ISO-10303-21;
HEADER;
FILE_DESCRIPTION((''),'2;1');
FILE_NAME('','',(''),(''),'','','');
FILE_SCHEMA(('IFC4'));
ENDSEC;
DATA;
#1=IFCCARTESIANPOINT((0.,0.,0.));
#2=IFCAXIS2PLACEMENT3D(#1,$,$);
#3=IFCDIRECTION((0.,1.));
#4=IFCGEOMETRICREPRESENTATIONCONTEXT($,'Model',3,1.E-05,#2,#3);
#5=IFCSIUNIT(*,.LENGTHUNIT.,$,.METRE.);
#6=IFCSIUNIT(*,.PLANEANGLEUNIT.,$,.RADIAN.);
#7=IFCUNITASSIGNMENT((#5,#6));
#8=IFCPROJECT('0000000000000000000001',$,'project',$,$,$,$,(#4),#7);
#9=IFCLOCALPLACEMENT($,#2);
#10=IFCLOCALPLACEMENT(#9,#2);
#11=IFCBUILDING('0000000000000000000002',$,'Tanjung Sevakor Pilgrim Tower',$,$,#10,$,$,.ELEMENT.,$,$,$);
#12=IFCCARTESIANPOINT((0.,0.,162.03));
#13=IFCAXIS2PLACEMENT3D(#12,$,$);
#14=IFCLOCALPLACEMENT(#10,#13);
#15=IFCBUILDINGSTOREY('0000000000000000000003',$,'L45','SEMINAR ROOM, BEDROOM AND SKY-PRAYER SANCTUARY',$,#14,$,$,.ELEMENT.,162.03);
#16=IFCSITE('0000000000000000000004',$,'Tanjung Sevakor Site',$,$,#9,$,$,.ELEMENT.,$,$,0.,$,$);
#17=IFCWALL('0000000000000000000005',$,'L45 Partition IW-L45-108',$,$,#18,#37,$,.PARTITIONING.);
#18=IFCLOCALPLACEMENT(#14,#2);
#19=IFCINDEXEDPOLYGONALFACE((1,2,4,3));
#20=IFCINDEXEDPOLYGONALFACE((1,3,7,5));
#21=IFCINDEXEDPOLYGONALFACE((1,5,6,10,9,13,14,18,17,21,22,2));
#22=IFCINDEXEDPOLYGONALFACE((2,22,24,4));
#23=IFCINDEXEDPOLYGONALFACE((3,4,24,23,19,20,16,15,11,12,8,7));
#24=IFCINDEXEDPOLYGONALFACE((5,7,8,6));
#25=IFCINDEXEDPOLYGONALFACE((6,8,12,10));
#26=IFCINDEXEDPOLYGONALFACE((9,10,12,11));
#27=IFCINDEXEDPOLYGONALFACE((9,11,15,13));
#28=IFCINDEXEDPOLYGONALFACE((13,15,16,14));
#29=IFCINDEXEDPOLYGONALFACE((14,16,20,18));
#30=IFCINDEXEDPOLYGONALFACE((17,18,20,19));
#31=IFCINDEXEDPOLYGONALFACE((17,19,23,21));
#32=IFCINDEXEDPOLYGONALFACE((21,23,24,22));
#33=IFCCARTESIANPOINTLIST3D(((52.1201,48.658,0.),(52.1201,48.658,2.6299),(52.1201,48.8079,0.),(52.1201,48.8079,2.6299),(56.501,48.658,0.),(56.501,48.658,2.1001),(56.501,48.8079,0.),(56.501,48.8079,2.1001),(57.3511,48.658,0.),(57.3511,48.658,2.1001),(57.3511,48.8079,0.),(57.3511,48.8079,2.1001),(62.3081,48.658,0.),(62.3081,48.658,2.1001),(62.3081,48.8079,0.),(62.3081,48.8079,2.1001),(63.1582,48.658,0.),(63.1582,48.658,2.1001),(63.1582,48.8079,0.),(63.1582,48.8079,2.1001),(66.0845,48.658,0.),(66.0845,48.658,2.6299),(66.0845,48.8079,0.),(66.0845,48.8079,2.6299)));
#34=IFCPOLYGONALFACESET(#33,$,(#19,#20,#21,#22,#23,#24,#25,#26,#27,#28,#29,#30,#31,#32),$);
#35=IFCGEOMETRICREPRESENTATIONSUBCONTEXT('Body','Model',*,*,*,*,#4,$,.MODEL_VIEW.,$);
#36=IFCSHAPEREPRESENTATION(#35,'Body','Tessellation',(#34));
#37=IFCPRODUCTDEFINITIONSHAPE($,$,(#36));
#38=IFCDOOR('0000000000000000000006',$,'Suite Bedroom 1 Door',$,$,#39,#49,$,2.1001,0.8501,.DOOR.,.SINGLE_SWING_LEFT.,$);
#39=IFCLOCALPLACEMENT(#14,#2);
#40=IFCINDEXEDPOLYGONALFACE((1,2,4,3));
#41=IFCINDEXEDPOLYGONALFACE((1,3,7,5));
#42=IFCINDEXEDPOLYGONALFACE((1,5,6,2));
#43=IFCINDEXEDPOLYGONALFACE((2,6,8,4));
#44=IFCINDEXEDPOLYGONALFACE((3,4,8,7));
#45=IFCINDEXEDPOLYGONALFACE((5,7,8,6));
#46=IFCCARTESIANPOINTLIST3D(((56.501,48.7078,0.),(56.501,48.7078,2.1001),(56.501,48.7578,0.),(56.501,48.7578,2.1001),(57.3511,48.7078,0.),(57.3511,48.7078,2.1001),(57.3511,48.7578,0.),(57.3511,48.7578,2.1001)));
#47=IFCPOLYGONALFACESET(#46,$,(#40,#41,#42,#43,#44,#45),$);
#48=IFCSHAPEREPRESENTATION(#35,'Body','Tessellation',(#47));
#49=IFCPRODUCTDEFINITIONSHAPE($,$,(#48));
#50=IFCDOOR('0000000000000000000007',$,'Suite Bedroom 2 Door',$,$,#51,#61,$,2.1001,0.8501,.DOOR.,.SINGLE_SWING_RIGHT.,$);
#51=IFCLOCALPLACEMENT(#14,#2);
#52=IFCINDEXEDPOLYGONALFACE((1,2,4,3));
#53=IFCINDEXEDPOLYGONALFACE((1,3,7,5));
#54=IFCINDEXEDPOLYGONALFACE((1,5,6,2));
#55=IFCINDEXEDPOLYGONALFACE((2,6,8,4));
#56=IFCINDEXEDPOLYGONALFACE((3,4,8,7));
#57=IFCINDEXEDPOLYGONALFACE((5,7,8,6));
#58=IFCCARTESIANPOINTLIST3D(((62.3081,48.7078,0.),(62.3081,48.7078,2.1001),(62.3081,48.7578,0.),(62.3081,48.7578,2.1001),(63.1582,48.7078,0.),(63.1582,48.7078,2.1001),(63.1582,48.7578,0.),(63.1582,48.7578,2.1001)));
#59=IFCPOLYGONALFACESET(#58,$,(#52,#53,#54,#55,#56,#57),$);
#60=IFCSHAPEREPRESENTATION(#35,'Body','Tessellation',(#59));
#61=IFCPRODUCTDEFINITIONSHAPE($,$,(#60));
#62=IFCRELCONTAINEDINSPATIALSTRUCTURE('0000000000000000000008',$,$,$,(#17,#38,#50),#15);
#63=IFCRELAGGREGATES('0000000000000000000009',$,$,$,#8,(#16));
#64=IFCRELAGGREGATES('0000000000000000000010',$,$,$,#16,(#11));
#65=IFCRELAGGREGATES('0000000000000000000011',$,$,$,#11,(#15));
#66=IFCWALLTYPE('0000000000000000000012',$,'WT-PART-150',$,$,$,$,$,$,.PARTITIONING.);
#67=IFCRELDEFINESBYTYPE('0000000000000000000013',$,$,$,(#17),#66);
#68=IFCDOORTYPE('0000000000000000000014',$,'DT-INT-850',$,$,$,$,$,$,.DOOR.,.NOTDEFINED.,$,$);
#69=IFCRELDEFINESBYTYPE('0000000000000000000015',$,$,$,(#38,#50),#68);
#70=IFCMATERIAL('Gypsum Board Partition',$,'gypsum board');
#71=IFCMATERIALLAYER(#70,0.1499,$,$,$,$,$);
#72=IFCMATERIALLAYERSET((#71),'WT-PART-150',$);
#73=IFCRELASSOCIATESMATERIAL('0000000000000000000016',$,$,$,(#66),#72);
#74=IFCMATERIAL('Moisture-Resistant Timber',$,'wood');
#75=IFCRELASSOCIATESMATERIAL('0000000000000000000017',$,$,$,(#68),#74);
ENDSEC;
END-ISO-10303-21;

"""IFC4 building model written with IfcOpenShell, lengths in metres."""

from ifc_helpers import new_model, si_unit, direction, frame, frame_2d, origin, place, context, subcontext, project, spatial, rectangle, extrude, material, layer, layer_set, type_object, element, fill, save


model = new_model("IFC4")

# Units and contexts
model_context = context("Model", 3, precision=1e-05, world=origin(), true_north=direction((0.0, 1.0)))
body_context = subcontext(model_context, "Body", "Model", "MODEL_VIEW")
ifc_project = project(units=[si_unit("LENGTHUNIT", "METRE"), si_unit("PLANEANGLEUNIT", "RADIAN")], contexts=[model_context])

# Site, building, storey
site_placement = place(None, origin())
site = spatial("IfcSite", under=ifc_project, at=site_placement, Name="Tanjung Sevakor Site", CompositionType="ELEMENT", RefElevation=0.0)
building_placement = place(site_placement, origin())
building = spatial("IfcBuilding", under=site, at=building_placement, Name="Tanjung Sevakor Pilgrim Tower", CompositionType="ELEMENT")
storey_placement = place(building_placement, frame((0.0, 0.0, 162.03)))
storey = spatial("IfcBuildingStorey", under=building, at=storey_placement, Name="L45", Description="SEMINAR ROOM, BEDROOM AND SKY-PRAYER SANCTUARY", CompositionType="ELEMENT", Elevation=162.03)

# Shared definitions
ifc_material_1 = material(Name="Gypsum Board Partition", Category="gypsum board")
ifc_layer_1 = layer(ifc_material_1, 0.1499)
ifc_layer_set_1 = layer_set([ifc_layer_1], Name="WT-PART-150")
wall_type_1 = type_object("IfcWallType", Name="WT-PART-150", PredefinedType="PARTITIONING", material=ifc_layer_set_1)

# Wall, openings, doors
wall_1_placement = place(storey_placement, frame((52.1201, 48.7329, 0.0), z_axis=(0.0, 0.0, 1.0), x_axis=(1.0, 0.0, 0.0)))
wall_1 = element("IfcWall", 1, at=wall_1_placement, inside=storey, type_object=wall_type_1, Name="L45 Partition IW-L45-108", PredefinedType="PARTITIONING", context=body_context, shape_type="SweptSolid", body=[
    extrude(rectangle(XDim=13.9644, YDim=0.1499, at=frame_2d((6.9822, 0.0))), origin(), (0.0, 0.0, 1.0), 2.6299),
])
opening_1_placement = place(wall_1_placement, frame((4.3809, 0.0, 0.0)))
opening_1 = element("IfcOpeningElement", 2, at=opening_1_placement, cuts=wall_1, PredefinedType="OPENING", context=body_context, shape_type="SweptSolid", body=[
    extrude(rectangle(XDim=0.8501, YDim=2.1001, at=frame_2d((0.425, 1.05))), frame((0.0, 0.085, 0.0), z_axis=(0.0, -1.0, 0.0), x_axis=(1.0, 0.0, 0.0)), (0.0, 0.0, 1.0), 0.1699),
])
opening_2_placement = place(wall_1_placement, frame((10.188, 0.0, 0.0)))
opening_2 = element("IfcOpeningElement", 3, at=opening_2_placement, cuts=wall_1, PredefinedType="OPENING", context=body_context, shape_type="SweptSolid", body=[
    extrude(rectangle(XDim=0.8501, YDim=2.1001, at=frame_2d((0.425, 1.05))), frame((0.0, 0.085, 0.0), z_axis=(0.0, -1.0, 0.0), x_axis=(1.0, 0.0, 0.0)), (0.0, 0.0, 1.0), 0.1699),
])
ifc_material_2 = material(Name="Moisture-Resistant Timber", Category="wood")
door_type_1 = type_object("IfcDoorType", Name="DT-INT-850", OperationType="NOTDEFINED", PredefinedType="DOOR", material=ifc_material_2)
door_1_placement = place(opening_1_placement, origin())
door_1 = element("IfcDoor", 4, at=door_1_placement, inside=storey, type_object=door_type_1, Name="Suite Bedroom 1 Door", OperationType="SINGLE_SWING_LEFT", OverallHeight=2.1001, OverallWidth=0.8501, PredefinedType="DOOR", context=body_context, shape_type="SweptSolid", body=[
    extrude(rectangle(XDim=0.8501, YDim=2.1001, at=frame_2d((0.425, 1.05))), frame((0.0, 0.0249, 0.0), z_axis=(0.0, -1.0, 0.0), x_axis=(1.0, 0.0, 0.0)), (0.0, 0.0, 1.0), 0.05),
])
fill(opening_1, door_1)
door_2_placement = place(opening_2_placement, origin())
door_2 = element("IfcDoor", 5, at=door_2_placement, inside=storey, type_object=door_type_1, Name="Suite Bedroom 2 Door", OperationType="SINGLE_SWING_RIGHT", OverallHeight=2.1001, OverallWidth=0.8501, PredefinedType="DOOR", context=body_context, shape_type="SweptSolid", body=[
    extrude(rectangle(XDim=0.8501, YDim=2.1001, at=frame_2d((0.425, 1.05))), frame((0.0, 0.0249, 0.0), z_axis=(0.0, -1.0, 0.0), x_axis=(1.0, 0.0, 0.0)), (0.0, 0.0, 1.0), 0.05),
])
fill(opening_2, door_2)

save(model, "model.ifc")
